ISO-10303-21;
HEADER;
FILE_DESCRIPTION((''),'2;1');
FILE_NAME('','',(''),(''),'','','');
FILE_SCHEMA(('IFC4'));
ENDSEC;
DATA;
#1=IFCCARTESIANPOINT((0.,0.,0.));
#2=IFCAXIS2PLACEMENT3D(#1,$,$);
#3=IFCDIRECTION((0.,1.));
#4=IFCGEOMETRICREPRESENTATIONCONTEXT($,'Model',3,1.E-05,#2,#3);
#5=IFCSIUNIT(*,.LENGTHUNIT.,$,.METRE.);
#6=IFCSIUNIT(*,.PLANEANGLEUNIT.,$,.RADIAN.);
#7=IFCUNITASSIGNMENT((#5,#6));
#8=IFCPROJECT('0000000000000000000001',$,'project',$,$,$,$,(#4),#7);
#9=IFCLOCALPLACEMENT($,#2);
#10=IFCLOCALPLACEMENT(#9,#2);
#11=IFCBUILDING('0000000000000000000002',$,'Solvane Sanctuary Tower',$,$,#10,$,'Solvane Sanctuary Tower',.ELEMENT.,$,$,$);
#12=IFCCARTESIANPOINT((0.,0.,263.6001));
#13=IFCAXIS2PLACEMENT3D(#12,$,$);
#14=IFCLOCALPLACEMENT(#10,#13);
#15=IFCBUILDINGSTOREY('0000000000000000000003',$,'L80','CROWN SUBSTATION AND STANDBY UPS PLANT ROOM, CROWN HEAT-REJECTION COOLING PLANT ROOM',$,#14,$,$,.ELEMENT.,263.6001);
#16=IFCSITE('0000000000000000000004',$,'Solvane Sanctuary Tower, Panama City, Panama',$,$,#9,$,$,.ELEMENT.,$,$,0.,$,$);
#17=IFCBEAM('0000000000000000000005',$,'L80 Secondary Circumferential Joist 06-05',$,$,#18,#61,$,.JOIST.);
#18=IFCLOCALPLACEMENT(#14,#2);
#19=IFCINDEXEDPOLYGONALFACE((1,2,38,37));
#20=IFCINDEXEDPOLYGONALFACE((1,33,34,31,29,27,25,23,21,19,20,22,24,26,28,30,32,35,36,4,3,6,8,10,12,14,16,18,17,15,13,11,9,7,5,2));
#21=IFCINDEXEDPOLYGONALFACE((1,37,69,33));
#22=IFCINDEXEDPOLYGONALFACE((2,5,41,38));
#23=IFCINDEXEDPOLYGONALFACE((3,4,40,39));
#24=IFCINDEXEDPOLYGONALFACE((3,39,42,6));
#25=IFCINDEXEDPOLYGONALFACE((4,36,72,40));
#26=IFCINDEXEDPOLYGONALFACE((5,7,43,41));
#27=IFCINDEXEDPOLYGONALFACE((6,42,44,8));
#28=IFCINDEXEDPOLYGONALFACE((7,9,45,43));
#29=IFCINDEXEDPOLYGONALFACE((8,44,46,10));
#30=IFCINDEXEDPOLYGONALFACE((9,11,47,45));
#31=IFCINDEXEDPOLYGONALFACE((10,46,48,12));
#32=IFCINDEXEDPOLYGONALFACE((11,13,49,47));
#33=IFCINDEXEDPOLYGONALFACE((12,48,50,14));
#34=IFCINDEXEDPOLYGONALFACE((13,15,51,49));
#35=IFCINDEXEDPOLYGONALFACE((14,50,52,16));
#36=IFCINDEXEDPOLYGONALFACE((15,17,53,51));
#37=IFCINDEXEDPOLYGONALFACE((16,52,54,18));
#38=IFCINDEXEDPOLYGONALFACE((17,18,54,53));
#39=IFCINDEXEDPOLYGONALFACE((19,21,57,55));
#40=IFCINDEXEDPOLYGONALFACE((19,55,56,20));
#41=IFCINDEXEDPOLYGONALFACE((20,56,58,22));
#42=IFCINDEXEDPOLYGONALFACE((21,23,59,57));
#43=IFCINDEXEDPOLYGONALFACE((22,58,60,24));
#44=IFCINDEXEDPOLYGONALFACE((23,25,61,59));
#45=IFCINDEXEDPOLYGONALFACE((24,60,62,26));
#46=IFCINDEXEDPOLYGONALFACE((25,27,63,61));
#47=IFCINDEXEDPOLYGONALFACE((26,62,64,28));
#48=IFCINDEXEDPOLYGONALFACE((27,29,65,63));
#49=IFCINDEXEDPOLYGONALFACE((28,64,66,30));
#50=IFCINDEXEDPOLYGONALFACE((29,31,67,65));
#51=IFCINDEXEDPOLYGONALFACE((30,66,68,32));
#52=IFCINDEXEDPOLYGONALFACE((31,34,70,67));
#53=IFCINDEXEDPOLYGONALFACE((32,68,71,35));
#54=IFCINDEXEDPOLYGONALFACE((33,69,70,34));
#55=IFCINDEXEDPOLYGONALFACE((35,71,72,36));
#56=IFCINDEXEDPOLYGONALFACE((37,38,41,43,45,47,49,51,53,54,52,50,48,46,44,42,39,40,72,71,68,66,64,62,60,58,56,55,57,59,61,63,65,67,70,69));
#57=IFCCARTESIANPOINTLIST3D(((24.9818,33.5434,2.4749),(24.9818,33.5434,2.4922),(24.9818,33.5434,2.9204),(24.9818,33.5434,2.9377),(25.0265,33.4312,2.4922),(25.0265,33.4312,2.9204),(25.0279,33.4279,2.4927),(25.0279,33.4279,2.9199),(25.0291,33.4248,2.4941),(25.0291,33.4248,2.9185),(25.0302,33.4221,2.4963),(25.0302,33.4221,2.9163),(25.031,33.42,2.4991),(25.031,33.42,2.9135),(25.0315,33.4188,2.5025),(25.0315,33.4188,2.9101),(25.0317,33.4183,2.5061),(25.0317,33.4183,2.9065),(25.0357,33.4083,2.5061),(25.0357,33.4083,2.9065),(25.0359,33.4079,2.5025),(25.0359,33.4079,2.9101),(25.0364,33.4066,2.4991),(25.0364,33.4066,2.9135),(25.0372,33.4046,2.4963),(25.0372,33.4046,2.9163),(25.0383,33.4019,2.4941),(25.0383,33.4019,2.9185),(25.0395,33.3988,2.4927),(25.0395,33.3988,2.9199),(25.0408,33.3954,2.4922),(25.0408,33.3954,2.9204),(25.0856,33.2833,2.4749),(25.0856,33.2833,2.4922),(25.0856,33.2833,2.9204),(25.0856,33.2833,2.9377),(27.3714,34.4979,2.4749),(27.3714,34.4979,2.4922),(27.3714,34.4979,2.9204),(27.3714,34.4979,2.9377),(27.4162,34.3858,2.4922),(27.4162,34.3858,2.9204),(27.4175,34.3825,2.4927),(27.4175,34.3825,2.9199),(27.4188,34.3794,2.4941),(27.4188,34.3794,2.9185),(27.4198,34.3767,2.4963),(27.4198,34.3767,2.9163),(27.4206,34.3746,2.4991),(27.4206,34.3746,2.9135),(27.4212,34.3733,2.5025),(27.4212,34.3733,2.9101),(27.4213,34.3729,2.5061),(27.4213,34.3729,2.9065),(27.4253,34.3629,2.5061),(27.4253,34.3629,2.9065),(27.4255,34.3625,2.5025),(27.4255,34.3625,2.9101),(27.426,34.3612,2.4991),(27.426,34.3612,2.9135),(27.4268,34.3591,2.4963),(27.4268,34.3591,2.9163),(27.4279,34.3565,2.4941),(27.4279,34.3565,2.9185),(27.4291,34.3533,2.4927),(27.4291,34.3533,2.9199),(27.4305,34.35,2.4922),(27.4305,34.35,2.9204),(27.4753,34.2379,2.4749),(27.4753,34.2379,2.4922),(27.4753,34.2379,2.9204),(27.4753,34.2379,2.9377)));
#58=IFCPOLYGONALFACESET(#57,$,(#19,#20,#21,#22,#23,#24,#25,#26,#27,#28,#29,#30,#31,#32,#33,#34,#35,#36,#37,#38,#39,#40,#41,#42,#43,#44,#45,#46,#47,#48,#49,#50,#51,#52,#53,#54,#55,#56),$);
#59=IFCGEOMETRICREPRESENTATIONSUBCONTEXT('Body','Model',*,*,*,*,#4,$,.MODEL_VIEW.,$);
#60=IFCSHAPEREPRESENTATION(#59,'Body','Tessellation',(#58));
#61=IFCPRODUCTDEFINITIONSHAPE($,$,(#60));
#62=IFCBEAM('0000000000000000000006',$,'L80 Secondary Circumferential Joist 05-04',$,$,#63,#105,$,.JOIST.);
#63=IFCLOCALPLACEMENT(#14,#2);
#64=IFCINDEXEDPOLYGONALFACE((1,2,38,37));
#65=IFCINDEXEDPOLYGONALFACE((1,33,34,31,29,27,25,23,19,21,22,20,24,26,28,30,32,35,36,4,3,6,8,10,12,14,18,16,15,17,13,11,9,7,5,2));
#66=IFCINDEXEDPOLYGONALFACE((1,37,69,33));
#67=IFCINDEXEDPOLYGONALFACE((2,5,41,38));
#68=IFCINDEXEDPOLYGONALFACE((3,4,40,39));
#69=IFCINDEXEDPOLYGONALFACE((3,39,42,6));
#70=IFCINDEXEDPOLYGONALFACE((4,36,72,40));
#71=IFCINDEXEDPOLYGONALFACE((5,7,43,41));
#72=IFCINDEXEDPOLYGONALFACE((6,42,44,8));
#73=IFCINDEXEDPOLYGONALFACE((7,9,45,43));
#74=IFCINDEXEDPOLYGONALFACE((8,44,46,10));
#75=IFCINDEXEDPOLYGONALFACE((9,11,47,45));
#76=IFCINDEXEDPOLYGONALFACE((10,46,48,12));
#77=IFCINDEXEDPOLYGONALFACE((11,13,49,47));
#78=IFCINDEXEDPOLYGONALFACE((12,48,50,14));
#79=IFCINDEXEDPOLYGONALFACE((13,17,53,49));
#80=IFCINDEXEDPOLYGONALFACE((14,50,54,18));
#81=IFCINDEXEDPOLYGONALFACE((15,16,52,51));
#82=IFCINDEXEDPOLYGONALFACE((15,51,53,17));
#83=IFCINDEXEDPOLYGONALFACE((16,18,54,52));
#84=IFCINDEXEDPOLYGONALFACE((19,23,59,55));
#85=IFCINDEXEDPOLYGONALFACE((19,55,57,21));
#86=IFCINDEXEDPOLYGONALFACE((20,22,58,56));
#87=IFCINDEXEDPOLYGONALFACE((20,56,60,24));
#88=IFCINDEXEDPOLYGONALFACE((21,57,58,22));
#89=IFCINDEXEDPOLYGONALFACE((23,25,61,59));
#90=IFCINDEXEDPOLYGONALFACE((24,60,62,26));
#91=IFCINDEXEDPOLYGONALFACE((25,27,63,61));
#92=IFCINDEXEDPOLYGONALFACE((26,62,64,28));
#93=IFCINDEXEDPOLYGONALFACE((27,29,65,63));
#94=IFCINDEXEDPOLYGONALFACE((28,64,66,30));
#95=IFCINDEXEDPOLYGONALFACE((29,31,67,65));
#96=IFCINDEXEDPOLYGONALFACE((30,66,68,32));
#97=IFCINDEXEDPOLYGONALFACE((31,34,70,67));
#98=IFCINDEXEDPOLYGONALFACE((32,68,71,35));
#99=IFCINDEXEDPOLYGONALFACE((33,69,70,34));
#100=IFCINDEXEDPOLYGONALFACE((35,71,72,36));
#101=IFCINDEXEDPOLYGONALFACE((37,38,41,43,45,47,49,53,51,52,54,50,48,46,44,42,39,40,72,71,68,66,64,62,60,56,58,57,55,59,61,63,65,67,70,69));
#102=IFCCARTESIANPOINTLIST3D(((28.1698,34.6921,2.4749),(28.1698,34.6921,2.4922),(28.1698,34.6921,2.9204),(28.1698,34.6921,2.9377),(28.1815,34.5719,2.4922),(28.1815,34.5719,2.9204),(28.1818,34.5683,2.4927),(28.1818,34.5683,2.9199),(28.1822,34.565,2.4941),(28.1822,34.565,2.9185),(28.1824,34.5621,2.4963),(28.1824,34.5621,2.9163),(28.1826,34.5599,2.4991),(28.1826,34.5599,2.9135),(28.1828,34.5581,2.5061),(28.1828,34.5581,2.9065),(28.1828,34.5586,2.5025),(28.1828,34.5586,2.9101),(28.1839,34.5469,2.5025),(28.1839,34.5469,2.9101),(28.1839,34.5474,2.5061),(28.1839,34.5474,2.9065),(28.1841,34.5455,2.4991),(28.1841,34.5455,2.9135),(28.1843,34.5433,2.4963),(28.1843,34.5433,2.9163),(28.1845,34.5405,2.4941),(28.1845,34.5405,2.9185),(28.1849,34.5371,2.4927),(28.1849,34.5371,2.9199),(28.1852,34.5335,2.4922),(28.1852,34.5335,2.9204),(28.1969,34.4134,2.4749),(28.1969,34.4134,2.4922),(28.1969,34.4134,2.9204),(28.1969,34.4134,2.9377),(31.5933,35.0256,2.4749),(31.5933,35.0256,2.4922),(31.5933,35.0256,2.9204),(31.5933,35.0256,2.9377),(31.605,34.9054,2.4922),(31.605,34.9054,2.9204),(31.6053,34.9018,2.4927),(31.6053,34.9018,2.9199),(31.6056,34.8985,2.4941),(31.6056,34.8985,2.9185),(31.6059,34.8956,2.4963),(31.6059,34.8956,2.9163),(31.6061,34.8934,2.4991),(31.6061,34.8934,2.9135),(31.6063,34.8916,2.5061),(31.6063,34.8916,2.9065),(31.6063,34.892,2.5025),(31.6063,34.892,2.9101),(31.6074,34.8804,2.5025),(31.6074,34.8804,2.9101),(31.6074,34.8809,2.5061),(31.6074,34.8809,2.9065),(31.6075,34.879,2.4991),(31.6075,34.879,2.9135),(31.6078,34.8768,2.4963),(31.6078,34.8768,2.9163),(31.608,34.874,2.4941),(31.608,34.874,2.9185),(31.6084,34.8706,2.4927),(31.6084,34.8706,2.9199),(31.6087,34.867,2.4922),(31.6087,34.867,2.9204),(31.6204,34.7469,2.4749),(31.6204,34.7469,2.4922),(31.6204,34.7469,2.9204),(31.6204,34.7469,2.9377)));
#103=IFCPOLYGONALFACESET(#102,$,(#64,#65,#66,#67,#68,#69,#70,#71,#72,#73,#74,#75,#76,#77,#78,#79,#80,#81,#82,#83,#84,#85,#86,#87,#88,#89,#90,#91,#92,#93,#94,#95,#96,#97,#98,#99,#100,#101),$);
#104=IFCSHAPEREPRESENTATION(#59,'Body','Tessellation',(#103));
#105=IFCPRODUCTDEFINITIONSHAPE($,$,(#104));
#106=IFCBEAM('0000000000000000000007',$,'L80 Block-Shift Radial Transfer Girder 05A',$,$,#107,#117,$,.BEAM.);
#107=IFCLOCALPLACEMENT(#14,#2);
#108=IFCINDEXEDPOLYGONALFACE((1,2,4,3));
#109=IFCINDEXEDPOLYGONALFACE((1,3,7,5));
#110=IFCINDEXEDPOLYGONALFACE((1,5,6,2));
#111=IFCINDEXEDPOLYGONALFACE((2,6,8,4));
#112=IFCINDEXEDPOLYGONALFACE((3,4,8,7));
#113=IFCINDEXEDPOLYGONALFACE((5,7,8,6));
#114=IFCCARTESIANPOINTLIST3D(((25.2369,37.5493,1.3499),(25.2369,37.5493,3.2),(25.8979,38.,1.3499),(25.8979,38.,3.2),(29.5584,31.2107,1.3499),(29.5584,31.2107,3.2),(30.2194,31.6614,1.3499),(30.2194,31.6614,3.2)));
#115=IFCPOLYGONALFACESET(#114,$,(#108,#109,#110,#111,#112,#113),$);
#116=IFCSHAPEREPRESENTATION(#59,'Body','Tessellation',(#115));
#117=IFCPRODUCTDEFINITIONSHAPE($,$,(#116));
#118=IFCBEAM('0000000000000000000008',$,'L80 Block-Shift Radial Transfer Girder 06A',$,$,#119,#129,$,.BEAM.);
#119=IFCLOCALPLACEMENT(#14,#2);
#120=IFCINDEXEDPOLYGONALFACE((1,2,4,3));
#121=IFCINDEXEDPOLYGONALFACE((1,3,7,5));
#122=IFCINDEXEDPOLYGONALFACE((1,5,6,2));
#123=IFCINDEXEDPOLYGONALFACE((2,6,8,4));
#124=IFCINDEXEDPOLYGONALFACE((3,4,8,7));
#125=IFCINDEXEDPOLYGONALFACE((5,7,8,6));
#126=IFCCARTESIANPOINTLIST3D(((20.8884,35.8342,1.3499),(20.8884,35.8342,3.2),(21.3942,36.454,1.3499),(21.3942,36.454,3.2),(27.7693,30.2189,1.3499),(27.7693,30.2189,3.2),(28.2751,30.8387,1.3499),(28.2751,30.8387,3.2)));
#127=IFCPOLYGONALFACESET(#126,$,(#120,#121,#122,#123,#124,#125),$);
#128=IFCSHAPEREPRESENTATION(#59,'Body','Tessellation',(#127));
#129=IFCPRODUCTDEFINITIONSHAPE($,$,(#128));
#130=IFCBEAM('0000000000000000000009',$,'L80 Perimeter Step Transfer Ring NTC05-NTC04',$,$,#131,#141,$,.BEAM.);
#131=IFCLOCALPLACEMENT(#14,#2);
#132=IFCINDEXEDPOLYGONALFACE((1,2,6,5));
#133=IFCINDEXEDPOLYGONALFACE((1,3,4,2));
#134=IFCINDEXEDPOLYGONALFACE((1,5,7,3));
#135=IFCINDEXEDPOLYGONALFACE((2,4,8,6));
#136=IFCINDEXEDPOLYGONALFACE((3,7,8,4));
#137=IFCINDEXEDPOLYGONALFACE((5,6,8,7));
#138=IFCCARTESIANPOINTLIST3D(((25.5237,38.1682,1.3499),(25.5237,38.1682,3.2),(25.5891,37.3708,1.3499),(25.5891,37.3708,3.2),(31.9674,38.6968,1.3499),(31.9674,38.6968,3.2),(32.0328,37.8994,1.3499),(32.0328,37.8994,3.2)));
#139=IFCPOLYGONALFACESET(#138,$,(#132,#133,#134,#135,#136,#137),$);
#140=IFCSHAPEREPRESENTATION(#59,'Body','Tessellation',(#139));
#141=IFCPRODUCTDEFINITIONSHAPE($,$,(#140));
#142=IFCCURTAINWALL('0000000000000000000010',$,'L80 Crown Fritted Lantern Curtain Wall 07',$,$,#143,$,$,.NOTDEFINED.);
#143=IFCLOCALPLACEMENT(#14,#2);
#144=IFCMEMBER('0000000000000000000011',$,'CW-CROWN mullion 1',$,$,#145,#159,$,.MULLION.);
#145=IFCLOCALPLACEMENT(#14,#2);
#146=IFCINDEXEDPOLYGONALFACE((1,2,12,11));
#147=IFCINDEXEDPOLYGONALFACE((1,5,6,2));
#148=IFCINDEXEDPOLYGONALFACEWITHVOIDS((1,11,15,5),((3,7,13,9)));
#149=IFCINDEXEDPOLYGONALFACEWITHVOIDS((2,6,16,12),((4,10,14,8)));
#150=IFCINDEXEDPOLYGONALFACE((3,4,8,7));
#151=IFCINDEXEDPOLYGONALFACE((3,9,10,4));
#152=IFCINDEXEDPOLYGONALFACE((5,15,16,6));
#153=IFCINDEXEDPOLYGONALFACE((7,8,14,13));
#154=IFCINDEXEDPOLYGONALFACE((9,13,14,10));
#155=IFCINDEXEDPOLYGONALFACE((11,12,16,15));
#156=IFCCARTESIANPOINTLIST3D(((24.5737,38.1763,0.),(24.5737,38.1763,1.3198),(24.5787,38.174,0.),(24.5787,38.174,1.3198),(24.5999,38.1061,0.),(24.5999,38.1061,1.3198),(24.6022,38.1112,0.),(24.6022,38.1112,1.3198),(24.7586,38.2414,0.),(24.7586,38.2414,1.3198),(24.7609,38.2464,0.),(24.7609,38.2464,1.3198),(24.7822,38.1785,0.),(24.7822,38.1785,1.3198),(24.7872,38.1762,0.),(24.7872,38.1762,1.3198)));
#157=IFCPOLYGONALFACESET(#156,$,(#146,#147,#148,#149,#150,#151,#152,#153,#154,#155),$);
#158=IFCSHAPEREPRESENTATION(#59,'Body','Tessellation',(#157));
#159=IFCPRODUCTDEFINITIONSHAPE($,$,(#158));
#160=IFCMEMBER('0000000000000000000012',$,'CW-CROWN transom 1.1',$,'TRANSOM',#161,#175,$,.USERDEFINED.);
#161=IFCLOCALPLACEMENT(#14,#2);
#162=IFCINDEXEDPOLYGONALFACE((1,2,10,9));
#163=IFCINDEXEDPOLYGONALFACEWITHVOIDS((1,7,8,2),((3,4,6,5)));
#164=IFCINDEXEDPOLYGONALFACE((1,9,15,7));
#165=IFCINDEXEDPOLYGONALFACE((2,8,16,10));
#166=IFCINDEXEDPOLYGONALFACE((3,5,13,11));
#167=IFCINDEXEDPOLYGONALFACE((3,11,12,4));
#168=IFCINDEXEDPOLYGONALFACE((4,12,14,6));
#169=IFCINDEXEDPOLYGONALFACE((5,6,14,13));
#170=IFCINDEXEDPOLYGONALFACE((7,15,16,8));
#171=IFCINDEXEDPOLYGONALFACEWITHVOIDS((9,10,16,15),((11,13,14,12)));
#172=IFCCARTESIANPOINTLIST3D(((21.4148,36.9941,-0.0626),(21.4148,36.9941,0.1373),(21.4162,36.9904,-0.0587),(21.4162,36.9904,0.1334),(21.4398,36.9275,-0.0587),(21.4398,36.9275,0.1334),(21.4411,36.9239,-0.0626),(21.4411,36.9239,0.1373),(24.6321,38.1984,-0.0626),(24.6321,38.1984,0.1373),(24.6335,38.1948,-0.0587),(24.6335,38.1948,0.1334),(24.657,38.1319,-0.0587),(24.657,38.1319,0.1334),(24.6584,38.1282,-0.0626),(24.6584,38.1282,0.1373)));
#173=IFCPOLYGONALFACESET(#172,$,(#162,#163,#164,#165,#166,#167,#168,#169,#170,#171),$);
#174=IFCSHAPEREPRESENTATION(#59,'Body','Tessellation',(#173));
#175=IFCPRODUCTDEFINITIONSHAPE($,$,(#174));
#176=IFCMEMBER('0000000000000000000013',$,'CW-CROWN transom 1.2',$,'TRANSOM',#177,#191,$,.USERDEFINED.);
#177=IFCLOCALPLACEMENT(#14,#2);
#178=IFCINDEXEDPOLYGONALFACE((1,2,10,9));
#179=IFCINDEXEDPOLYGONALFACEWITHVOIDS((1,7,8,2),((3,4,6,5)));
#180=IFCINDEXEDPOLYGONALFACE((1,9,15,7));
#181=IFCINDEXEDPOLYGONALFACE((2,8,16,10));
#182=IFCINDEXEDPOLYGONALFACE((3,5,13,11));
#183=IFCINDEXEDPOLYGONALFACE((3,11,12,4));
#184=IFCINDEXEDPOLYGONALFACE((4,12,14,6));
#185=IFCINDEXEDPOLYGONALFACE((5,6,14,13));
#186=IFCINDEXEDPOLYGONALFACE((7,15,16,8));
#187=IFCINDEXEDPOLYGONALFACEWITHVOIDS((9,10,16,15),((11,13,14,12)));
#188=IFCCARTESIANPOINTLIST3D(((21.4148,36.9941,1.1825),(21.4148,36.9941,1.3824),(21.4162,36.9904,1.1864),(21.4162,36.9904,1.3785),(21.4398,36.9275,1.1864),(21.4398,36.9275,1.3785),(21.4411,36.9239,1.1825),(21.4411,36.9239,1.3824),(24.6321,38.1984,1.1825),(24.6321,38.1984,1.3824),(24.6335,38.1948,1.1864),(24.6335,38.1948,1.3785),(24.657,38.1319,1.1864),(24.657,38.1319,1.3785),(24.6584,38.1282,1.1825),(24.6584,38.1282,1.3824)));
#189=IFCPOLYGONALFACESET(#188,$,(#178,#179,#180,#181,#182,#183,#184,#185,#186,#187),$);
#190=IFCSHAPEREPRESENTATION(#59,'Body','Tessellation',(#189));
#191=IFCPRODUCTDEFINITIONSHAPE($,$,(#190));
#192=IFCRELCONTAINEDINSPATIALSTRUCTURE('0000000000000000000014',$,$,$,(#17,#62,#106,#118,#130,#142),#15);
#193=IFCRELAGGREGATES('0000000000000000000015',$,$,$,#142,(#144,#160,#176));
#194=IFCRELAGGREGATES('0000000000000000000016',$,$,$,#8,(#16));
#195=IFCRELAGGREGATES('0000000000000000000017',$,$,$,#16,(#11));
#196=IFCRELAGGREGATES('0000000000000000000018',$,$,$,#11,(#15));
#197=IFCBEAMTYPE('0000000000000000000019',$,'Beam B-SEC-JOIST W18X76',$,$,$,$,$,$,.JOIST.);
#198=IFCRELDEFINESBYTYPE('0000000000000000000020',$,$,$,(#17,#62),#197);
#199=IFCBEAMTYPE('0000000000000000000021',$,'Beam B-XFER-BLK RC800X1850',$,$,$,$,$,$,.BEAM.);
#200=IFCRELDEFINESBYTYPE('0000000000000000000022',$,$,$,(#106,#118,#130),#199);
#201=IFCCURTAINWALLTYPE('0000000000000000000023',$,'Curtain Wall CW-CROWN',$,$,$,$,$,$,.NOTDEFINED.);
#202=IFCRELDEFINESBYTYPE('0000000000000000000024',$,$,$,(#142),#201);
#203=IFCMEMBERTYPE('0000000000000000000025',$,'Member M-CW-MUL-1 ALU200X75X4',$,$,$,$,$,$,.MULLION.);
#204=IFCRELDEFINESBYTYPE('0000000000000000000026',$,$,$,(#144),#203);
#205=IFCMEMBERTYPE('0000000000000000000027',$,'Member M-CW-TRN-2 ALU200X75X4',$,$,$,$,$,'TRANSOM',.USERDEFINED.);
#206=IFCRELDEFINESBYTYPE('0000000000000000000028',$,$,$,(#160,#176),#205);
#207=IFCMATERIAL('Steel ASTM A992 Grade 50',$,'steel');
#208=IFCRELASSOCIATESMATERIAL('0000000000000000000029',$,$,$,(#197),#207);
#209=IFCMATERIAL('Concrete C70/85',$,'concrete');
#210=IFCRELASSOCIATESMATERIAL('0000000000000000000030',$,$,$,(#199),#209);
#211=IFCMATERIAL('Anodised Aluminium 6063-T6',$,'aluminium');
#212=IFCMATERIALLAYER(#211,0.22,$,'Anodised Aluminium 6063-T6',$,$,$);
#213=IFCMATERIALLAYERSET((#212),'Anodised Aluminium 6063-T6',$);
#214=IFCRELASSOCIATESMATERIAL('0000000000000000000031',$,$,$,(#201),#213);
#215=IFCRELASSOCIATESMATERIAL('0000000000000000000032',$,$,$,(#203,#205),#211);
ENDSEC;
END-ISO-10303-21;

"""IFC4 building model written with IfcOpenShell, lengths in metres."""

from ifc_helpers import new_model, si_unit, direction, frame, origin, origin_2d, place, context, subcontext, project, spatial, rectangle, hollow_rectangle, i_section, extrude, material, layer, layer_set, material_profile, profile_set, type_object, element, aggregate, save


model = new_model("IFC4")

# Units and contexts
model_context = context("Model", 3, precision=1e-05, world=origin(), true_north=direction((0.0, 1.0)))
body_context = subcontext(model_context, "Body", "Model", "MODEL_VIEW")
ifc_project = project(units=[si_unit("LENGTHUNIT", "METRE"), si_unit("PLANEANGLEUNIT", "RADIAN")], contexts=[model_context])

# Site, building, storey
site_placement = place(None, origin())
site = spatial("IfcSite", under=ifc_project, at=site_placement, Name="Solvane Sanctuary Tower, Panama City, Panama", CompositionType="ELEMENT", RefElevation=0.0)
building_placement = place(site_placement, origin())
building = spatial("IfcBuilding", under=site, at=building_placement, Name="Solvane Sanctuary Tower", LongName="Solvane Sanctuary Tower", CompositionType="ELEMENT")
storey_placement = place(building_placement, frame((0.0, 0.0, 263.6001)))
storey = spatial("IfcBuildingStorey", under=building, at=storey_placement, Name="L80", Description="CROWN SUBSTATION AND STANDBY UPS PLANT ROOM, CROWN HEAT-REJECTION COOLING PLANT ROOM", CompositionType="ELEMENT", Elevation=263.6001)

# Beams
ifc_material_1 = material(Name="Steel ASTM A992 Grade 50", Category="steel")
ifc_material_profile_1 = material_profile(ifc_material_1, i_section(OverallWidth=0.28, OverallDepth=0.4629, WebThickness=0.0107, FlangeThickness=0.0173, FilletRadius=0.0139, at=origin_2d()), Name="W18X76")
ifc_profile_set_1 = profile_set([ifc_material_profile_1], Name="Steel ASTM A992 Grade 50")
beam_type_1 = type_object("IfcBeamType", Name="Beam B-SEC-JOIST W18X76", PredefinedType="JOIST", material=ifc_profile_set_1)
beam_1_placement = place(storey_placement, frame((25.0337, 33.4133, 2.7063), z_axis=(0.928647, 0.370965, 0.0), x_axis=(-0.370965, 0.928647, 0.0)))
element("IfcBeam", 1, at=beam_1_placement, inside=storey, type_object=beam_type_1, Name="L80 Secondary Circumferential Joist 06-05", PredefinedType="JOIST", context=body_context, shape_type="SweptSolid", body=[
    extrude(i_section(OverallWidth=0.28, OverallDepth=0.4629, WebThickness=0.0107, FlangeThickness=0.0173, FilletRadius=0.0139, at=origin_2d()), origin(), (0.0, 0.0, 1.0), 2.5732),
])
beam_2_placement = place(storey_placement, frame((28.1833, 34.5527, 2.7063), z_axis=(0.995289, 0.096952, 0.0), x_axis=(-0.096952, 0.995289, 0.0)))
element("IfcBeam", 2, at=beam_2_placement, inside=storey, type_object=beam_type_1, Name="L80 Secondary Circumferential Joist 05-04", PredefinedType="JOIST", context=body_context, shape_type="SweptSolid", body=[
    extrude(i_section(OverallWidth=0.28, OverallDepth=0.4629, WebThickness=0.0107, FlangeThickness=0.0173, FilletRadius=0.0139, at=origin_2d()), origin(), (0.0, 0.0, 1.0), 3.4397),
])
ifc_material_2 = material(Name="Concrete C70/85", Category="concrete")
ifc_material_profile_2 = material_profile(ifc_material_2, rectangle(XDim=0.8, YDim=1.8501, at=origin_2d()), Name="RC800X1850")
ifc_profile_set_2 = profile_set([ifc_material_profile_2], Name="Concrete C70/85")
beam_type_2 = type_object("IfcBeamType", Name="Beam B-XFER-BLK RC800X1850", PredefinedType="BEAM", material=ifc_profile_set_2)
beam_3_placement = place(storey_placement, frame((29.8889, 31.436, 2.2749), z_axis=(-0.563314, 0.826243, 0.0), x_axis=(-0.826243, -0.563314, 0.0)))
element("IfcBeam", 3, at=beam_3_placement, inside=storey, type_object=beam_type_2, Name="L80 Block-Shift Radial Transfer Girder 05A", PredefinedType="BEAM", context=body_context, shape_type="SweptSolid", body=[
    extrude(rectangle(XDim=0.8, YDim=1.8501, at=origin_2d()), origin(), (0.0, 0.0, 1.0), 7.6716),
])
beam_4_placement = place(storey_placement, frame((28.0222, 30.5288, 2.2749), z_axis=(-0.77476, 0.632255, 0.0), x_axis=(-0.632255, -0.77476, 0.0)))
element("IfcBeam", 4, at=beam_4_placement, inside=storey, type_object=beam_type_2, Name="L80 Block-Shift Radial Transfer Girder 06A", PredefinedType="BEAM", context=body_context, shape_type="SweptSolid", body=[
    extrude(rectangle(XDim=0.8, YDim=1.8501, at=origin_2d()), origin(), (0.0, 0.0, 1.0), 8.8813),
])
beam_5_placement = place(storey_placement, frame((25.5564, 37.7695, 2.2749), z_axis=(0.996652, 0.081755, 0.0), x_axis=(-0.081755, 0.996652, 0.0)))
element("IfcBeam", 5, at=beam_5_placement, inside=storey, type_object=beam_type_2, Name="L80 Perimeter Step Transfer Ring NTC05-NTC04", PredefinedType="BEAM", context=body_context, shape_type="SweptSolid", body=[
    extrude(rectangle(XDim=0.8, YDim=1.8501, at=origin_2d()), origin(), (0.0, 0.0, 1.0), 6.4653),
])

# Curtain wall, members
ifc_material_3 = material(Name="Anodised Aluminium 6063-T6", Category="aluminium")
ifc_layer_1 = layer(ifc_material_3, 0.22, Name="Anodised Aluminium 6063-T6")
ifc_layer_set_1 = layer_set([ifc_layer_1], Name="Anodised Aluminium 6063-T6")
curtain_wall_type = type_object("IfcCurtainWallType", Name="Curtain Wall CW-CROWN", PredefinedType="NOTDEFINED", material=ifc_layer_set_1)
curtain_wall_placement = place(storey_placement, origin())
curtain_wall = element("IfcCurtainWall", 6, at=curtain_wall_placement, inside=storey, type_object=curtain_wall_type, Name="L80 Crown Fritted Lantern Curtain Wall 07", PredefinedType="NOTDEFINED")
ifc_material_profile_3 = material_profile(ifc_material_3, hollow_rectangle(XDim=0.075, YDim=0.2, WallThickness=0.0039, at=origin_2d()), Name="ALU200X75X4")
ifc_profile_set_3 = profile_set([ifc_material_profile_3], Name="Anodised Aluminium 6063-T6")
member_type_1 = type_object("IfcMemberType", Name="Member M-CW-MUL-1 ALU200X75X4", PredefinedType="MULLION", material=ifc_profile_set_3)
member_1_placement = place(storey_placement, frame((24.6804, 38.1763, 0.0), z_axis=(0.0, 0.0, 1.0), x_axis=(0.350518, -0.936556, 0.0)))
member_1 = element("IfcMember", 7, at=member_1_placement, type_object=member_type_1, Name="CW-CROWN mullion 1", PredefinedType="MULLION", context=body_context, shape_type="SweptSolid", body=[
    extrude(hollow_rectangle(XDim=0.075, YDim=0.2, WallThickness=0.0039, at=origin_2d()), origin(), (0.0, 0.0, 1.0), 1.3198),
])
ifc_material_profile_4 = material_profile(ifc_material_3, hollow_rectangle(XDim=0.075, YDim=0.2, WallThickness=0.0039, at=origin_2d()), Name="ALU200X75X4")
ifc_profile_set_4 = profile_set([ifc_material_profile_4], Name="Anodised Aluminium 6063-T6")
member_type_2 = type_object("IfcMemberType", Name="Member M-CW-TRN-2 ALU200X75X4", ElementType="TRANSOM", PredefinedType="USERDEFINED", material=ifc_profile_set_4)
member_2_placement = place(storey_placement, frame((24.6453, 38.1633, 0.0374), z_axis=(-0.936533, -0.350578, 0.0), x_axis=(0.350578, -0.936533, 0.0)))
member_2 = element("IfcMember", 8, at=member_2_placement, type_object=member_type_2, Name="CW-CROWN transom 1.1", ObjectType="TRANSOM", PredefinedType="USERDEFINED", context=body_context, shape_type="SweptSolid", body=[
    extrude(hollow_rectangle(XDim=0.075, YDim=0.2, WallThickness=0.0039, at=origin_2d()), origin(), (0.0, 0.0, 1.0), 3.4353),
])
member_3_placement = place(storey_placement, frame((24.6453, 38.1633, 1.2825), z_axis=(-0.936533, -0.350578, 0.0), x_axis=(0.350578, -0.936533, 0.0)))
member_3 = element("IfcMember", 9, at=member_3_placement, type_object=member_type_2, Name="CW-CROWN transom 1.2", ObjectType="TRANSOM", PredefinedType="USERDEFINED", context=body_context, shape_type="SweptSolid", body=[
    extrude(hollow_rectangle(XDim=0.075, YDim=0.2, WallThickness=0.0039, at=origin_2d()), origin(), (0.0, 0.0, 1.0), 3.4353),
])
aggregate(curtain_wall, [member_1, member_2, member_3])

save(model, "model.ifc")
